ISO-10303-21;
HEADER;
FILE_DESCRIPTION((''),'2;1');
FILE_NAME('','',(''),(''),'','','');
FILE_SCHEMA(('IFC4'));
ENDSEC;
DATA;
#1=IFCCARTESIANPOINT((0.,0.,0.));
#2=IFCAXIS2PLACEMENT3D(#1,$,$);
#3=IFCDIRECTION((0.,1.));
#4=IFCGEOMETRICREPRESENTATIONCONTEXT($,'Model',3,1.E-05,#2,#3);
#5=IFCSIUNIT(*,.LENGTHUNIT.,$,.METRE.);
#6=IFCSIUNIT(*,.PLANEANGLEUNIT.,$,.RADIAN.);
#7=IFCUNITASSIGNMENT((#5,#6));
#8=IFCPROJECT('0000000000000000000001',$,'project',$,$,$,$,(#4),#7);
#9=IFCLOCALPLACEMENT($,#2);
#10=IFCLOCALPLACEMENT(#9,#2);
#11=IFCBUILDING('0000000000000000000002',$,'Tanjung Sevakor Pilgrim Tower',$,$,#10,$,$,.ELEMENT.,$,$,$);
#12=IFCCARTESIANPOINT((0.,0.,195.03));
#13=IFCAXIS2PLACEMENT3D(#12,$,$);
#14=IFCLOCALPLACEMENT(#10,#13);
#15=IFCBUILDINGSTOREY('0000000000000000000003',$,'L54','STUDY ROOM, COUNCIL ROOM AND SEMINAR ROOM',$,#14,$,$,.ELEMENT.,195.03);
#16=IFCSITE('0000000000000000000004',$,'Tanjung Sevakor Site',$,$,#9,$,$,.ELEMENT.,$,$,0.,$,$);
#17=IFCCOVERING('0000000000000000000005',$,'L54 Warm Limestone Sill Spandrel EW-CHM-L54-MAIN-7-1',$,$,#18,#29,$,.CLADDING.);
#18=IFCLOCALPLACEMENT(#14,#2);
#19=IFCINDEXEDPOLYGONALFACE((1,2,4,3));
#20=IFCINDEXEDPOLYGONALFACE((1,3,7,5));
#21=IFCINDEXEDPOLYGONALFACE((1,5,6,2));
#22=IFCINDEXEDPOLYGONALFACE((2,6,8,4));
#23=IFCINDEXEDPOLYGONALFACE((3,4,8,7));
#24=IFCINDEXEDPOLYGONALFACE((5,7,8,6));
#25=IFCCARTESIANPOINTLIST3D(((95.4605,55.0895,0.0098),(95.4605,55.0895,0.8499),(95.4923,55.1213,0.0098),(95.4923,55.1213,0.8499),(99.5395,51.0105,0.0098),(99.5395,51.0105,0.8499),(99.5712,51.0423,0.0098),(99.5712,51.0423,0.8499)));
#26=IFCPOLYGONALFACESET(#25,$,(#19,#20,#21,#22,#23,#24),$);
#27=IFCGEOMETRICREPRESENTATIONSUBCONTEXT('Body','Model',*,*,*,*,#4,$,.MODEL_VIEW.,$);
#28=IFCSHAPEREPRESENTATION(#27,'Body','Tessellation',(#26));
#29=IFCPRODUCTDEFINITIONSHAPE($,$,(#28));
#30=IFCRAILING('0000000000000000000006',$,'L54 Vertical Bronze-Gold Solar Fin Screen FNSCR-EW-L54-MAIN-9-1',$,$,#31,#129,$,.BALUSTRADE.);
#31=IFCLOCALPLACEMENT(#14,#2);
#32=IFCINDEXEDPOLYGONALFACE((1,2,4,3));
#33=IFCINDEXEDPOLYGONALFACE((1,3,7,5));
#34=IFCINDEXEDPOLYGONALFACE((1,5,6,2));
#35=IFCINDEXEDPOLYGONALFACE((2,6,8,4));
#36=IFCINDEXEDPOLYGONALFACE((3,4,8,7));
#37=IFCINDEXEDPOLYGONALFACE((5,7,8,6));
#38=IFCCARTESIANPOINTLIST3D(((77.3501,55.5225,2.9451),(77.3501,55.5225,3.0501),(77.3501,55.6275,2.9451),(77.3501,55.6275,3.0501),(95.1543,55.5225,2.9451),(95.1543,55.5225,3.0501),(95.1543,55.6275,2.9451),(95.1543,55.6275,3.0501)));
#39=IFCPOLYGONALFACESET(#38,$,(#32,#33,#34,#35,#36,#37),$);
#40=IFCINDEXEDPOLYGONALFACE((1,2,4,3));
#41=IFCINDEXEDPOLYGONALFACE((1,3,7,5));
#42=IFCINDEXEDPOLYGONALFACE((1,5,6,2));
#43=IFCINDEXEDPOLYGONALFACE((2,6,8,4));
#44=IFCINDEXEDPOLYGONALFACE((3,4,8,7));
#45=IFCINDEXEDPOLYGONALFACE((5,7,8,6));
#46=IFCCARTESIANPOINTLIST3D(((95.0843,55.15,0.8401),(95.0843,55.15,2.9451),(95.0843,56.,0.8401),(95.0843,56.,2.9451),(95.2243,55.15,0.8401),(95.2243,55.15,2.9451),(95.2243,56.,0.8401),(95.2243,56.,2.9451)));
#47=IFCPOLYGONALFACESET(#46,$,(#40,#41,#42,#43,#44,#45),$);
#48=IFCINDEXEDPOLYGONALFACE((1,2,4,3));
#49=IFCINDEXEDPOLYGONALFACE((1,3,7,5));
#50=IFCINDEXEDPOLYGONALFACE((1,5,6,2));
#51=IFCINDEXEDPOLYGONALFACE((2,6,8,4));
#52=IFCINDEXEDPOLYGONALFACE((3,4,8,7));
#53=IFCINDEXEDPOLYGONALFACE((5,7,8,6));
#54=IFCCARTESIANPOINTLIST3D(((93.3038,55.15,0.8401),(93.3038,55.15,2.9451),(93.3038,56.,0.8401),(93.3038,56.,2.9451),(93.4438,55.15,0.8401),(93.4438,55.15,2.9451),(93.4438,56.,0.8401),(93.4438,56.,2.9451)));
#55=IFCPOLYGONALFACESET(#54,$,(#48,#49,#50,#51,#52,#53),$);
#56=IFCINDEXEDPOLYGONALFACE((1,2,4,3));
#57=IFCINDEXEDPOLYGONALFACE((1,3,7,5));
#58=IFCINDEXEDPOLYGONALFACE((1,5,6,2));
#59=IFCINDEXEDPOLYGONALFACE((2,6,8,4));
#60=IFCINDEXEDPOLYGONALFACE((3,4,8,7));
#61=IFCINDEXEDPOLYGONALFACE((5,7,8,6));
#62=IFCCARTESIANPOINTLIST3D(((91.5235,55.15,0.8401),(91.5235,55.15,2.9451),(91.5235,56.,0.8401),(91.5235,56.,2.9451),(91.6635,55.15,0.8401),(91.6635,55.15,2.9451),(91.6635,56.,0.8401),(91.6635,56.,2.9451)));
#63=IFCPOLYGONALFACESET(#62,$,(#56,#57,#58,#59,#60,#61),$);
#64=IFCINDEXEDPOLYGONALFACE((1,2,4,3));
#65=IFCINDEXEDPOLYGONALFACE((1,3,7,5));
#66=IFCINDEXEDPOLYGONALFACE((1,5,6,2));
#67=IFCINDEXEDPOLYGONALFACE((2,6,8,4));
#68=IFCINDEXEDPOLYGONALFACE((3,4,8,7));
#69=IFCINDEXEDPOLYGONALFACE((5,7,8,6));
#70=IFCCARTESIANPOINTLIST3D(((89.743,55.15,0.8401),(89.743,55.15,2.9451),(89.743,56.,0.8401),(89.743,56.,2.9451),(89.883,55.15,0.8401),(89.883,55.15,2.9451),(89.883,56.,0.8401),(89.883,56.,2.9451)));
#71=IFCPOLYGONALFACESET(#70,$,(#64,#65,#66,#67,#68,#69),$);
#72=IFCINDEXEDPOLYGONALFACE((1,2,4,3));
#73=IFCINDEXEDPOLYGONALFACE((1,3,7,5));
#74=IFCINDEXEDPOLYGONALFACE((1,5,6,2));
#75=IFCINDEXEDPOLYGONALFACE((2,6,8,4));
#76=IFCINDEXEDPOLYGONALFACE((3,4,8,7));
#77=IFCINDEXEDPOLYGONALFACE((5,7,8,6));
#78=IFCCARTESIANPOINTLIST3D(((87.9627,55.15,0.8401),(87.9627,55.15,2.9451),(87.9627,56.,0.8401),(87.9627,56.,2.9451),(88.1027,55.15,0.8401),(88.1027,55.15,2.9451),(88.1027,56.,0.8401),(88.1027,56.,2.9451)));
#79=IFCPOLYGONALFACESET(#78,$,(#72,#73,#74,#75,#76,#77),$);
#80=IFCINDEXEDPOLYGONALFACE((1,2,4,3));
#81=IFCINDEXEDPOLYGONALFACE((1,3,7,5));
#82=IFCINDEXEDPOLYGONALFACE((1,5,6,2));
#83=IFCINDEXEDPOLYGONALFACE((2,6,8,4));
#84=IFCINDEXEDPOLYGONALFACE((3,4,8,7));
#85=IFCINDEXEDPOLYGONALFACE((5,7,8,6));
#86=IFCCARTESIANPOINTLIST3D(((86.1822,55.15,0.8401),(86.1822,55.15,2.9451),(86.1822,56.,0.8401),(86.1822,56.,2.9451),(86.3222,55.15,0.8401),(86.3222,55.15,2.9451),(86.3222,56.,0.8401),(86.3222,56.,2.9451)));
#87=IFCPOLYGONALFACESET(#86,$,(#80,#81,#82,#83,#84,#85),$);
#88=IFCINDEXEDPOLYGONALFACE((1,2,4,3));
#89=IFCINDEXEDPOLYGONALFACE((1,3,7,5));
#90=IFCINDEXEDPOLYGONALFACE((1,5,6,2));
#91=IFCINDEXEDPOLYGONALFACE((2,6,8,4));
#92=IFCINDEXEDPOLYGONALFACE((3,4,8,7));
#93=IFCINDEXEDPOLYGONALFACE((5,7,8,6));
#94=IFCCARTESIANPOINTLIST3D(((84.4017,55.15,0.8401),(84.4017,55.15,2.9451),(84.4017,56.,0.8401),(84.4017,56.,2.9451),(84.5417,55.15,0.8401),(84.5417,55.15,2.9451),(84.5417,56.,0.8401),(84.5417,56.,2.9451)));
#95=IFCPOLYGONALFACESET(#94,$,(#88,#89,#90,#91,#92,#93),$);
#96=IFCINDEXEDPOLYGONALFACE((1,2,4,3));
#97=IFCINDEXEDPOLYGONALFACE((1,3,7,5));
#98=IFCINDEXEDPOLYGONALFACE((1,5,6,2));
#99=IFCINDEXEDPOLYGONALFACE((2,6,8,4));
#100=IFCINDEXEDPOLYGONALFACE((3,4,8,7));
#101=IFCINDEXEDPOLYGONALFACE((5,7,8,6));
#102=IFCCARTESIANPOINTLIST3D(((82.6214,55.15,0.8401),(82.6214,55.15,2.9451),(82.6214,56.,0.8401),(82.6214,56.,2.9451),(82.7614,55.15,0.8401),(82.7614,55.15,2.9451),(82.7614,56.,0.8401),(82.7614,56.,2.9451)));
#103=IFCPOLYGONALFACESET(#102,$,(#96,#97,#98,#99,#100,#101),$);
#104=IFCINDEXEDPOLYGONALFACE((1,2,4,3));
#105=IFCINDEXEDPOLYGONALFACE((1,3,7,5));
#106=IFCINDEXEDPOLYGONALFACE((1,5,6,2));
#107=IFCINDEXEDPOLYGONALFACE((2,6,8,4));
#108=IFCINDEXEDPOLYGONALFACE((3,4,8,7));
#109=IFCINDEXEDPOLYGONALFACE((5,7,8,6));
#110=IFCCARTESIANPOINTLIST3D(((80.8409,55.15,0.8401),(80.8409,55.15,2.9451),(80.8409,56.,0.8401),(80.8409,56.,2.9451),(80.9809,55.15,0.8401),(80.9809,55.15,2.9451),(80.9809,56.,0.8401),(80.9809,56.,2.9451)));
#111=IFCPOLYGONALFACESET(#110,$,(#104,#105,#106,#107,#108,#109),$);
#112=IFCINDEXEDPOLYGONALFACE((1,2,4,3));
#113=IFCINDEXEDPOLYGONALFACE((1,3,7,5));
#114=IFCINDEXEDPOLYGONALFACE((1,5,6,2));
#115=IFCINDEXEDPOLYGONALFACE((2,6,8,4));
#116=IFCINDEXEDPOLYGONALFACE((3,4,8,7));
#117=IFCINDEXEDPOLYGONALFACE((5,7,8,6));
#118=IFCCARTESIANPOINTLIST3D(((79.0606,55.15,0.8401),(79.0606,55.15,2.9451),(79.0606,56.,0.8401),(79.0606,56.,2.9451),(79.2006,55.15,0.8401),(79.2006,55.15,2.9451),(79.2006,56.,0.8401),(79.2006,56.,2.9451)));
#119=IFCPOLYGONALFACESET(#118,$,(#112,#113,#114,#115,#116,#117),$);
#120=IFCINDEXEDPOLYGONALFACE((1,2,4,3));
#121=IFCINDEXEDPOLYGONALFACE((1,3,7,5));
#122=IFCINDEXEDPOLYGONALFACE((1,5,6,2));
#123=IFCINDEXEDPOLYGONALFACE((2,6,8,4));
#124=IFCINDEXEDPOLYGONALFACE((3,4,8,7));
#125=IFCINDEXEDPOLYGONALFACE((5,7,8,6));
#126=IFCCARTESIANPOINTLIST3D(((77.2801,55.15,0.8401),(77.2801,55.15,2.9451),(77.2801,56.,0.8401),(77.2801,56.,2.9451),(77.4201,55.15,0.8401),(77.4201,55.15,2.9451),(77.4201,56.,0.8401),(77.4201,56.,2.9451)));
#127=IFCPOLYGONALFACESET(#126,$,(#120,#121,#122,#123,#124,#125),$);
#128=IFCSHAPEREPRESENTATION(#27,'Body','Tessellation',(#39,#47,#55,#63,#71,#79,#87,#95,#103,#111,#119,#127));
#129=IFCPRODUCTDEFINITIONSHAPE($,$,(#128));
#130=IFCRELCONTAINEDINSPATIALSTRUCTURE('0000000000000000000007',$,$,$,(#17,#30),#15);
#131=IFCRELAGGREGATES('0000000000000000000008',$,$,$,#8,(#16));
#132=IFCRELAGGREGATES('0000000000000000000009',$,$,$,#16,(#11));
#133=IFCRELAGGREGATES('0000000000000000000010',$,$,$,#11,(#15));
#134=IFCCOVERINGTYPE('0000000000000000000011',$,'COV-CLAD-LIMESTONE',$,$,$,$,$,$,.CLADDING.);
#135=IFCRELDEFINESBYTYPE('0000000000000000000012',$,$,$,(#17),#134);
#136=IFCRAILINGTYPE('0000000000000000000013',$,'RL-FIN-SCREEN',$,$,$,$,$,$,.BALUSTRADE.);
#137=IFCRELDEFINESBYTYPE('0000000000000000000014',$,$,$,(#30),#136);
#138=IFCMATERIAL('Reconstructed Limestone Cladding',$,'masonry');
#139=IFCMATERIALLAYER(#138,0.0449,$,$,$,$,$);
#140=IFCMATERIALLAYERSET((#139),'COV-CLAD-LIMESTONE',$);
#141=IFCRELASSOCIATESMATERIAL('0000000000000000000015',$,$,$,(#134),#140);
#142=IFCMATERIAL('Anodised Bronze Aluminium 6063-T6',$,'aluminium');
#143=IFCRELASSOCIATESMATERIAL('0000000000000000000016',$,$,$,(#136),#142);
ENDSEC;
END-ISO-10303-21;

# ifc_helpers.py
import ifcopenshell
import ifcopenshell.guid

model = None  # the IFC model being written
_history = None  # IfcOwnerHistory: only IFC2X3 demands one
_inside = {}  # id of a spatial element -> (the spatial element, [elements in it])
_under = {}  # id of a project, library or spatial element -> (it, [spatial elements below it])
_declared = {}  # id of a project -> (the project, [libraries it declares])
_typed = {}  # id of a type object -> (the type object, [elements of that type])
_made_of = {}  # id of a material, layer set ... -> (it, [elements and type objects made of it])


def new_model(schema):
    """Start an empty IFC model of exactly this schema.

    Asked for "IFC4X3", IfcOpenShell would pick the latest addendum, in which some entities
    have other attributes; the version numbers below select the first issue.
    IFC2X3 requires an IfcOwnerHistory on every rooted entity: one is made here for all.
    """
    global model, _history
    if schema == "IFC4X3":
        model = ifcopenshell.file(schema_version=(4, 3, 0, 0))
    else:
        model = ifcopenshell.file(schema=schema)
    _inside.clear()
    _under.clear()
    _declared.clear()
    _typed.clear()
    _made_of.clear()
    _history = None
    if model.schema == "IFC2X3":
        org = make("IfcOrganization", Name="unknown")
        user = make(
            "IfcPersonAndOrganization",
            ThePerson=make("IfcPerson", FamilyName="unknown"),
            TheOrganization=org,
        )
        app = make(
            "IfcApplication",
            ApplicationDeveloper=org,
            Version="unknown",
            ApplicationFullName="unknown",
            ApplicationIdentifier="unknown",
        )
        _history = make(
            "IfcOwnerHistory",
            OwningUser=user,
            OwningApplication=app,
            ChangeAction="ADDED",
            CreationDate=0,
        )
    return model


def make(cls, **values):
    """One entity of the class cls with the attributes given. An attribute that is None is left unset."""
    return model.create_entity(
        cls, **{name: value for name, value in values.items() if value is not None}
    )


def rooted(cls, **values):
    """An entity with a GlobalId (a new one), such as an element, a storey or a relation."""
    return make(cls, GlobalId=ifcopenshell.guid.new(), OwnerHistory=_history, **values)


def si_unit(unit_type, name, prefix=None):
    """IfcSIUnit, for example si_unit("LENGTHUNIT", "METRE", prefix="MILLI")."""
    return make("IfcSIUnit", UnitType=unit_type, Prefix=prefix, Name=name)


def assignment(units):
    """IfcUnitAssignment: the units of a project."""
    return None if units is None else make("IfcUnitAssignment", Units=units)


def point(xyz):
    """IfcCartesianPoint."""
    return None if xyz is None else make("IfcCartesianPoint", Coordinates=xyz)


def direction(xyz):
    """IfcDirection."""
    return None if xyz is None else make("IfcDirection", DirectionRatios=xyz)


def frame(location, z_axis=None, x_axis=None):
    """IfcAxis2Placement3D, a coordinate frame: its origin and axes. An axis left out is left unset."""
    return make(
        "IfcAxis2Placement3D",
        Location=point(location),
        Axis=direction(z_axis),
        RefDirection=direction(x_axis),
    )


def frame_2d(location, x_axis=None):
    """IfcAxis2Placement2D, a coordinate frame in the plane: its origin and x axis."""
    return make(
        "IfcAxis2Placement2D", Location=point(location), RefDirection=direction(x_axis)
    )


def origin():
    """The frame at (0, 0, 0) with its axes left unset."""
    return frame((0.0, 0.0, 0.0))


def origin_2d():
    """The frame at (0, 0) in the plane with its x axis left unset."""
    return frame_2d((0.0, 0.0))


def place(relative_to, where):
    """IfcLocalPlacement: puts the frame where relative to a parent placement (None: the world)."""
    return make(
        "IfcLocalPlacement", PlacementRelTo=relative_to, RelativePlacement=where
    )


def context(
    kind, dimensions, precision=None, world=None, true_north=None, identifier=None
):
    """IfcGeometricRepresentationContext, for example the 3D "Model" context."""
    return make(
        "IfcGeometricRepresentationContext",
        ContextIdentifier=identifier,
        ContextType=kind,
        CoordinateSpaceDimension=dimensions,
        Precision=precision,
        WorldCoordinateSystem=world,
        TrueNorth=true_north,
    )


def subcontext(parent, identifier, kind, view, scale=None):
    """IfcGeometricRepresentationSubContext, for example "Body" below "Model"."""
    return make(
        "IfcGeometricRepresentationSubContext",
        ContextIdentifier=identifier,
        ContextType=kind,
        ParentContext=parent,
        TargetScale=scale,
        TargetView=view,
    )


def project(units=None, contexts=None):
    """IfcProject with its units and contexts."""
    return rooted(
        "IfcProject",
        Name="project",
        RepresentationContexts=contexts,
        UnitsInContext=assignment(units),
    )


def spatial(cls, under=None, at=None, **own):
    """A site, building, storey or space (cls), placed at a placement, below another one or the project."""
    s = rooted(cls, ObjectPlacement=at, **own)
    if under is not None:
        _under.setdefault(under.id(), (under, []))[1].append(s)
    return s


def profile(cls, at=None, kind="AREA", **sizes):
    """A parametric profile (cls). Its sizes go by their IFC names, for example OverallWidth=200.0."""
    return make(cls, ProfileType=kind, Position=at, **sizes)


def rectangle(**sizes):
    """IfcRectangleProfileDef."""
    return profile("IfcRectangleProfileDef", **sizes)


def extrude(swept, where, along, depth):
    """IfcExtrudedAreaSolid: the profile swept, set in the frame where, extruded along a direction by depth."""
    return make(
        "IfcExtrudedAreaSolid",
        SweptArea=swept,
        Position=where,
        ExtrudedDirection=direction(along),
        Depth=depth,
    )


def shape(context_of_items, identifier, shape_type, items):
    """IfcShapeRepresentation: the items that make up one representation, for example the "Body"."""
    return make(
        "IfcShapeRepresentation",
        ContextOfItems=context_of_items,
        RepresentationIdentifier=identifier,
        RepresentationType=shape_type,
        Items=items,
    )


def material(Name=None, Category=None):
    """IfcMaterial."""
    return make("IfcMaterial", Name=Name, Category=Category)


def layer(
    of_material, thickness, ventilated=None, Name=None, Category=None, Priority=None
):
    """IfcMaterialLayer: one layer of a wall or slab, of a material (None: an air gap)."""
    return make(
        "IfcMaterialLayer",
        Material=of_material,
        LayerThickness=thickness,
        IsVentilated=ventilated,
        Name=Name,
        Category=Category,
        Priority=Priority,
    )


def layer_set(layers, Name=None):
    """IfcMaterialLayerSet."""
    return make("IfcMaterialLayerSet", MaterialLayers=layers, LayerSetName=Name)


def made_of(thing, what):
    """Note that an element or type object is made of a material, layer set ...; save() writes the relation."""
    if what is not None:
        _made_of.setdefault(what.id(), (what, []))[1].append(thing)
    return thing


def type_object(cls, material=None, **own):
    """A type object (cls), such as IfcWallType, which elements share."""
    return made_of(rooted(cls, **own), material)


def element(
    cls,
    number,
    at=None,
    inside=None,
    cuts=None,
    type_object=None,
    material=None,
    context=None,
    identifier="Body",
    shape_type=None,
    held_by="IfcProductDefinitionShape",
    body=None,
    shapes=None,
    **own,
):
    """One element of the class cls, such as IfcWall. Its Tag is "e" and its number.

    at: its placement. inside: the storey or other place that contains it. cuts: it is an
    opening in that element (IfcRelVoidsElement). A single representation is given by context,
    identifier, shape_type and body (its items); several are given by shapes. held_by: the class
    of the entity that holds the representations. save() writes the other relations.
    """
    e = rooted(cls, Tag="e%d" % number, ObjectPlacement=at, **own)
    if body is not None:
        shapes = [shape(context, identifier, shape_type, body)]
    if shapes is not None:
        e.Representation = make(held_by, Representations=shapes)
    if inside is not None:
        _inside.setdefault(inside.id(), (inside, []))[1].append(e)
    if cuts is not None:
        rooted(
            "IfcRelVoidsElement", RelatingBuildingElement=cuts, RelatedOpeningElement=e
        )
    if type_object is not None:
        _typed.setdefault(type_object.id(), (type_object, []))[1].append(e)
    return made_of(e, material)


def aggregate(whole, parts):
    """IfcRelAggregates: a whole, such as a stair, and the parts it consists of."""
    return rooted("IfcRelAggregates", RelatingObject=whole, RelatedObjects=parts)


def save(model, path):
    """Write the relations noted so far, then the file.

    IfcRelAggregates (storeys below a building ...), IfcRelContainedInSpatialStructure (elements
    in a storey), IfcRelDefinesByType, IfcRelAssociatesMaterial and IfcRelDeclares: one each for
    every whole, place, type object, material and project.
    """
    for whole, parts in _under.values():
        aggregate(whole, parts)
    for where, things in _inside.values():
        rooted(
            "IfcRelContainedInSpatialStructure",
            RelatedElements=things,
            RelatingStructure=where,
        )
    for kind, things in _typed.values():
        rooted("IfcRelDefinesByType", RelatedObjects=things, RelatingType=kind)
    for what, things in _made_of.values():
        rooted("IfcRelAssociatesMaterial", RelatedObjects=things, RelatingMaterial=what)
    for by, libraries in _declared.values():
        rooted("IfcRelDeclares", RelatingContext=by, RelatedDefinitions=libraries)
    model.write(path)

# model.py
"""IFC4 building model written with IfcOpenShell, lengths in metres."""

from ifc_helpers import new_model, si_unit, direction, frame, origin, origin_2d, place, context, subcontext, project, spatial, rectangle, extrude, material, layer, layer_set, type_object, element, save


model = new_model("IFC4")

# Units and contexts
model_context = context("Model", 3, precision=1e-05, world=origin(), true_north=direction((0.0, 1.0)))
body_context = subcontext(model_context, "Body", "Model", "MODEL_VIEW")
ifc_project = project(units=[si_unit("LENGTHUNIT", "METRE"), si_unit("PLANEANGLEUNIT", "RADIAN")], contexts=[model_context])

# Site, building, storey
site_placement = place(None, origin())
site = spatial("IfcSite", under=ifc_project, at=site_placement, Name="Tanjung Sevakor Site", CompositionType="ELEMENT", RefElevation=0.0)
building_placement = place(site_placement, origin())
building = spatial("IfcBuilding", under=site, at=building_placement, Name="Tanjung Sevakor Pilgrim Tower", CompositionType="ELEMENT")
storey_placement = place(building_placement, frame((0.0, 0.0, 195.03)))
storey = spatial("IfcBuildingStorey", under=building, at=storey_placement, Name="L54", Description="STUDY ROOM, COUNCIL ROOM AND SEMINAR ROOM", CompositionType="ELEMENT", Elevation=195.03)

# Covering
ifc_material_1 = material(Name="Reconstructed Limestone Cladding", Category="masonry")
ifc_layer_1 = layer(ifc_material_1, 0.0449)
ifc_layer_set_1 = layer_set([ifc_layer_1], Name="COV-CLAD-LIMESTONE")
covering_type = type_object("IfcCoveringType", Name="COV-CLAD-LIMESTONE", PredefinedType="CLADDING", material=ifc_layer_set_1)
covering_placement = place(storey_placement, frame((97.5159, 53.0659, 0.0098), z_axis=(0.0, 0.0, 1.0), x_axis=(-0.707107, 0.707107, 0.0)))
element("IfcCovering", 1, at=covering_placement, inside=storey, type_object=covering_type, Name="L54 Warm Limestone Sill Spandrel EW-CHM-L54-MAIN-7-1", PredefinedType="CLADDING", context=body_context, shape_type="SweptSolid", body=[
    extrude(rectangle(XDim=5.7686, YDim=0.0449, at=origin_2d()), origin(), (0.0, 0.0, 1.0), 0.8401),
])

# Railing
ifc_material_2 = material(Name="Anodised Bronze Aluminium 6063-T6", Category="aluminium")
railing_type = type_object("IfcRailingType", Name="RL-FIN-SCREEN", PredefinedType="BALUSTRADE", material=ifc_material_2)
railing_placement = place(storey_placement, frame((95.1543, 55.575, 0.8401)))
element("IfcRailing", 2, at=railing_placement, inside=storey, type_object=railing_type, Name="L54 Vertical Bronze-Gold Solar Fin Screen FNSCR-EW-L54-MAIN-9-1", PredefinedType="BALUSTRADE", context=body_context, shape_type="SweptSolid", body=[
    extrude(rectangle(XDim=0.105, YDim=0.105), frame((0.0, 0.0, 2.1575), z_axis=(-1.0, 0.0, 0.0), x_axis=(0.0, -1.0, 0.0)), (0.0, 0.0, 1.0), 17.8042),
    extrude(rectangle(XDim=0.14, YDim=0.85), origin(), (0.0, 0.0, 1.0), 2.105),
    extrude(rectangle(XDim=0.14, YDim=0.85), frame((-1.7805, 0.0, 0.0)), (0.0, 0.0, 1.0), 2.105),
    extrude(rectangle(XDim=0.14, YDim=0.85), frame((-3.5608, 0.0, 0.0)), (0.0, 0.0, 1.0), 2.105),
    extrude(rectangle(XDim=0.14, YDim=0.85), frame((-5.3413, 0.0, 0.0)), (0.0, 0.0, 1.0), 2.105),
    extrude(rectangle(XDim=0.14, YDim=0.85), frame((-7.1216, 0.0, 0.0)), (0.0, 0.0, 1.0), 2.105),
    extrude(rectangle(XDim=0.14, YDim=0.85), frame((-8.9021, 0.0, 0.0)), (0.0, 0.0, 1.0), 2.105),
    extrude(rectangle(XDim=0.14, YDim=0.85), frame((-10.6826, 0.0, 0.0)), (0.0, 0.0, 1.0), 2.105),
    extrude(rectangle(XDim=0.14, YDim=0.85), frame((-12.4629, 0.0, 0.0)), (0.0, 0.0, 1.0), 2.105),
    extrude(rectangle(XDim=0.14, YDim=0.85), frame((-14.2434, 0.0, 0.0)), (0.0, 0.0, 1.0), 2.105),
    extrude(rectangle(XDim=0.14, YDim=0.85), frame((-16.0237, 0.0, 0.0)), (0.0, 0.0, 1.0), 2.105),
    extrude(rectangle(XDim=0.14, YDim=0.85), frame((-17.8042, 0.0, 0.0)), (0.0, 0.0, 1.0), 2.105),
])

save(model, "model.ifc")
